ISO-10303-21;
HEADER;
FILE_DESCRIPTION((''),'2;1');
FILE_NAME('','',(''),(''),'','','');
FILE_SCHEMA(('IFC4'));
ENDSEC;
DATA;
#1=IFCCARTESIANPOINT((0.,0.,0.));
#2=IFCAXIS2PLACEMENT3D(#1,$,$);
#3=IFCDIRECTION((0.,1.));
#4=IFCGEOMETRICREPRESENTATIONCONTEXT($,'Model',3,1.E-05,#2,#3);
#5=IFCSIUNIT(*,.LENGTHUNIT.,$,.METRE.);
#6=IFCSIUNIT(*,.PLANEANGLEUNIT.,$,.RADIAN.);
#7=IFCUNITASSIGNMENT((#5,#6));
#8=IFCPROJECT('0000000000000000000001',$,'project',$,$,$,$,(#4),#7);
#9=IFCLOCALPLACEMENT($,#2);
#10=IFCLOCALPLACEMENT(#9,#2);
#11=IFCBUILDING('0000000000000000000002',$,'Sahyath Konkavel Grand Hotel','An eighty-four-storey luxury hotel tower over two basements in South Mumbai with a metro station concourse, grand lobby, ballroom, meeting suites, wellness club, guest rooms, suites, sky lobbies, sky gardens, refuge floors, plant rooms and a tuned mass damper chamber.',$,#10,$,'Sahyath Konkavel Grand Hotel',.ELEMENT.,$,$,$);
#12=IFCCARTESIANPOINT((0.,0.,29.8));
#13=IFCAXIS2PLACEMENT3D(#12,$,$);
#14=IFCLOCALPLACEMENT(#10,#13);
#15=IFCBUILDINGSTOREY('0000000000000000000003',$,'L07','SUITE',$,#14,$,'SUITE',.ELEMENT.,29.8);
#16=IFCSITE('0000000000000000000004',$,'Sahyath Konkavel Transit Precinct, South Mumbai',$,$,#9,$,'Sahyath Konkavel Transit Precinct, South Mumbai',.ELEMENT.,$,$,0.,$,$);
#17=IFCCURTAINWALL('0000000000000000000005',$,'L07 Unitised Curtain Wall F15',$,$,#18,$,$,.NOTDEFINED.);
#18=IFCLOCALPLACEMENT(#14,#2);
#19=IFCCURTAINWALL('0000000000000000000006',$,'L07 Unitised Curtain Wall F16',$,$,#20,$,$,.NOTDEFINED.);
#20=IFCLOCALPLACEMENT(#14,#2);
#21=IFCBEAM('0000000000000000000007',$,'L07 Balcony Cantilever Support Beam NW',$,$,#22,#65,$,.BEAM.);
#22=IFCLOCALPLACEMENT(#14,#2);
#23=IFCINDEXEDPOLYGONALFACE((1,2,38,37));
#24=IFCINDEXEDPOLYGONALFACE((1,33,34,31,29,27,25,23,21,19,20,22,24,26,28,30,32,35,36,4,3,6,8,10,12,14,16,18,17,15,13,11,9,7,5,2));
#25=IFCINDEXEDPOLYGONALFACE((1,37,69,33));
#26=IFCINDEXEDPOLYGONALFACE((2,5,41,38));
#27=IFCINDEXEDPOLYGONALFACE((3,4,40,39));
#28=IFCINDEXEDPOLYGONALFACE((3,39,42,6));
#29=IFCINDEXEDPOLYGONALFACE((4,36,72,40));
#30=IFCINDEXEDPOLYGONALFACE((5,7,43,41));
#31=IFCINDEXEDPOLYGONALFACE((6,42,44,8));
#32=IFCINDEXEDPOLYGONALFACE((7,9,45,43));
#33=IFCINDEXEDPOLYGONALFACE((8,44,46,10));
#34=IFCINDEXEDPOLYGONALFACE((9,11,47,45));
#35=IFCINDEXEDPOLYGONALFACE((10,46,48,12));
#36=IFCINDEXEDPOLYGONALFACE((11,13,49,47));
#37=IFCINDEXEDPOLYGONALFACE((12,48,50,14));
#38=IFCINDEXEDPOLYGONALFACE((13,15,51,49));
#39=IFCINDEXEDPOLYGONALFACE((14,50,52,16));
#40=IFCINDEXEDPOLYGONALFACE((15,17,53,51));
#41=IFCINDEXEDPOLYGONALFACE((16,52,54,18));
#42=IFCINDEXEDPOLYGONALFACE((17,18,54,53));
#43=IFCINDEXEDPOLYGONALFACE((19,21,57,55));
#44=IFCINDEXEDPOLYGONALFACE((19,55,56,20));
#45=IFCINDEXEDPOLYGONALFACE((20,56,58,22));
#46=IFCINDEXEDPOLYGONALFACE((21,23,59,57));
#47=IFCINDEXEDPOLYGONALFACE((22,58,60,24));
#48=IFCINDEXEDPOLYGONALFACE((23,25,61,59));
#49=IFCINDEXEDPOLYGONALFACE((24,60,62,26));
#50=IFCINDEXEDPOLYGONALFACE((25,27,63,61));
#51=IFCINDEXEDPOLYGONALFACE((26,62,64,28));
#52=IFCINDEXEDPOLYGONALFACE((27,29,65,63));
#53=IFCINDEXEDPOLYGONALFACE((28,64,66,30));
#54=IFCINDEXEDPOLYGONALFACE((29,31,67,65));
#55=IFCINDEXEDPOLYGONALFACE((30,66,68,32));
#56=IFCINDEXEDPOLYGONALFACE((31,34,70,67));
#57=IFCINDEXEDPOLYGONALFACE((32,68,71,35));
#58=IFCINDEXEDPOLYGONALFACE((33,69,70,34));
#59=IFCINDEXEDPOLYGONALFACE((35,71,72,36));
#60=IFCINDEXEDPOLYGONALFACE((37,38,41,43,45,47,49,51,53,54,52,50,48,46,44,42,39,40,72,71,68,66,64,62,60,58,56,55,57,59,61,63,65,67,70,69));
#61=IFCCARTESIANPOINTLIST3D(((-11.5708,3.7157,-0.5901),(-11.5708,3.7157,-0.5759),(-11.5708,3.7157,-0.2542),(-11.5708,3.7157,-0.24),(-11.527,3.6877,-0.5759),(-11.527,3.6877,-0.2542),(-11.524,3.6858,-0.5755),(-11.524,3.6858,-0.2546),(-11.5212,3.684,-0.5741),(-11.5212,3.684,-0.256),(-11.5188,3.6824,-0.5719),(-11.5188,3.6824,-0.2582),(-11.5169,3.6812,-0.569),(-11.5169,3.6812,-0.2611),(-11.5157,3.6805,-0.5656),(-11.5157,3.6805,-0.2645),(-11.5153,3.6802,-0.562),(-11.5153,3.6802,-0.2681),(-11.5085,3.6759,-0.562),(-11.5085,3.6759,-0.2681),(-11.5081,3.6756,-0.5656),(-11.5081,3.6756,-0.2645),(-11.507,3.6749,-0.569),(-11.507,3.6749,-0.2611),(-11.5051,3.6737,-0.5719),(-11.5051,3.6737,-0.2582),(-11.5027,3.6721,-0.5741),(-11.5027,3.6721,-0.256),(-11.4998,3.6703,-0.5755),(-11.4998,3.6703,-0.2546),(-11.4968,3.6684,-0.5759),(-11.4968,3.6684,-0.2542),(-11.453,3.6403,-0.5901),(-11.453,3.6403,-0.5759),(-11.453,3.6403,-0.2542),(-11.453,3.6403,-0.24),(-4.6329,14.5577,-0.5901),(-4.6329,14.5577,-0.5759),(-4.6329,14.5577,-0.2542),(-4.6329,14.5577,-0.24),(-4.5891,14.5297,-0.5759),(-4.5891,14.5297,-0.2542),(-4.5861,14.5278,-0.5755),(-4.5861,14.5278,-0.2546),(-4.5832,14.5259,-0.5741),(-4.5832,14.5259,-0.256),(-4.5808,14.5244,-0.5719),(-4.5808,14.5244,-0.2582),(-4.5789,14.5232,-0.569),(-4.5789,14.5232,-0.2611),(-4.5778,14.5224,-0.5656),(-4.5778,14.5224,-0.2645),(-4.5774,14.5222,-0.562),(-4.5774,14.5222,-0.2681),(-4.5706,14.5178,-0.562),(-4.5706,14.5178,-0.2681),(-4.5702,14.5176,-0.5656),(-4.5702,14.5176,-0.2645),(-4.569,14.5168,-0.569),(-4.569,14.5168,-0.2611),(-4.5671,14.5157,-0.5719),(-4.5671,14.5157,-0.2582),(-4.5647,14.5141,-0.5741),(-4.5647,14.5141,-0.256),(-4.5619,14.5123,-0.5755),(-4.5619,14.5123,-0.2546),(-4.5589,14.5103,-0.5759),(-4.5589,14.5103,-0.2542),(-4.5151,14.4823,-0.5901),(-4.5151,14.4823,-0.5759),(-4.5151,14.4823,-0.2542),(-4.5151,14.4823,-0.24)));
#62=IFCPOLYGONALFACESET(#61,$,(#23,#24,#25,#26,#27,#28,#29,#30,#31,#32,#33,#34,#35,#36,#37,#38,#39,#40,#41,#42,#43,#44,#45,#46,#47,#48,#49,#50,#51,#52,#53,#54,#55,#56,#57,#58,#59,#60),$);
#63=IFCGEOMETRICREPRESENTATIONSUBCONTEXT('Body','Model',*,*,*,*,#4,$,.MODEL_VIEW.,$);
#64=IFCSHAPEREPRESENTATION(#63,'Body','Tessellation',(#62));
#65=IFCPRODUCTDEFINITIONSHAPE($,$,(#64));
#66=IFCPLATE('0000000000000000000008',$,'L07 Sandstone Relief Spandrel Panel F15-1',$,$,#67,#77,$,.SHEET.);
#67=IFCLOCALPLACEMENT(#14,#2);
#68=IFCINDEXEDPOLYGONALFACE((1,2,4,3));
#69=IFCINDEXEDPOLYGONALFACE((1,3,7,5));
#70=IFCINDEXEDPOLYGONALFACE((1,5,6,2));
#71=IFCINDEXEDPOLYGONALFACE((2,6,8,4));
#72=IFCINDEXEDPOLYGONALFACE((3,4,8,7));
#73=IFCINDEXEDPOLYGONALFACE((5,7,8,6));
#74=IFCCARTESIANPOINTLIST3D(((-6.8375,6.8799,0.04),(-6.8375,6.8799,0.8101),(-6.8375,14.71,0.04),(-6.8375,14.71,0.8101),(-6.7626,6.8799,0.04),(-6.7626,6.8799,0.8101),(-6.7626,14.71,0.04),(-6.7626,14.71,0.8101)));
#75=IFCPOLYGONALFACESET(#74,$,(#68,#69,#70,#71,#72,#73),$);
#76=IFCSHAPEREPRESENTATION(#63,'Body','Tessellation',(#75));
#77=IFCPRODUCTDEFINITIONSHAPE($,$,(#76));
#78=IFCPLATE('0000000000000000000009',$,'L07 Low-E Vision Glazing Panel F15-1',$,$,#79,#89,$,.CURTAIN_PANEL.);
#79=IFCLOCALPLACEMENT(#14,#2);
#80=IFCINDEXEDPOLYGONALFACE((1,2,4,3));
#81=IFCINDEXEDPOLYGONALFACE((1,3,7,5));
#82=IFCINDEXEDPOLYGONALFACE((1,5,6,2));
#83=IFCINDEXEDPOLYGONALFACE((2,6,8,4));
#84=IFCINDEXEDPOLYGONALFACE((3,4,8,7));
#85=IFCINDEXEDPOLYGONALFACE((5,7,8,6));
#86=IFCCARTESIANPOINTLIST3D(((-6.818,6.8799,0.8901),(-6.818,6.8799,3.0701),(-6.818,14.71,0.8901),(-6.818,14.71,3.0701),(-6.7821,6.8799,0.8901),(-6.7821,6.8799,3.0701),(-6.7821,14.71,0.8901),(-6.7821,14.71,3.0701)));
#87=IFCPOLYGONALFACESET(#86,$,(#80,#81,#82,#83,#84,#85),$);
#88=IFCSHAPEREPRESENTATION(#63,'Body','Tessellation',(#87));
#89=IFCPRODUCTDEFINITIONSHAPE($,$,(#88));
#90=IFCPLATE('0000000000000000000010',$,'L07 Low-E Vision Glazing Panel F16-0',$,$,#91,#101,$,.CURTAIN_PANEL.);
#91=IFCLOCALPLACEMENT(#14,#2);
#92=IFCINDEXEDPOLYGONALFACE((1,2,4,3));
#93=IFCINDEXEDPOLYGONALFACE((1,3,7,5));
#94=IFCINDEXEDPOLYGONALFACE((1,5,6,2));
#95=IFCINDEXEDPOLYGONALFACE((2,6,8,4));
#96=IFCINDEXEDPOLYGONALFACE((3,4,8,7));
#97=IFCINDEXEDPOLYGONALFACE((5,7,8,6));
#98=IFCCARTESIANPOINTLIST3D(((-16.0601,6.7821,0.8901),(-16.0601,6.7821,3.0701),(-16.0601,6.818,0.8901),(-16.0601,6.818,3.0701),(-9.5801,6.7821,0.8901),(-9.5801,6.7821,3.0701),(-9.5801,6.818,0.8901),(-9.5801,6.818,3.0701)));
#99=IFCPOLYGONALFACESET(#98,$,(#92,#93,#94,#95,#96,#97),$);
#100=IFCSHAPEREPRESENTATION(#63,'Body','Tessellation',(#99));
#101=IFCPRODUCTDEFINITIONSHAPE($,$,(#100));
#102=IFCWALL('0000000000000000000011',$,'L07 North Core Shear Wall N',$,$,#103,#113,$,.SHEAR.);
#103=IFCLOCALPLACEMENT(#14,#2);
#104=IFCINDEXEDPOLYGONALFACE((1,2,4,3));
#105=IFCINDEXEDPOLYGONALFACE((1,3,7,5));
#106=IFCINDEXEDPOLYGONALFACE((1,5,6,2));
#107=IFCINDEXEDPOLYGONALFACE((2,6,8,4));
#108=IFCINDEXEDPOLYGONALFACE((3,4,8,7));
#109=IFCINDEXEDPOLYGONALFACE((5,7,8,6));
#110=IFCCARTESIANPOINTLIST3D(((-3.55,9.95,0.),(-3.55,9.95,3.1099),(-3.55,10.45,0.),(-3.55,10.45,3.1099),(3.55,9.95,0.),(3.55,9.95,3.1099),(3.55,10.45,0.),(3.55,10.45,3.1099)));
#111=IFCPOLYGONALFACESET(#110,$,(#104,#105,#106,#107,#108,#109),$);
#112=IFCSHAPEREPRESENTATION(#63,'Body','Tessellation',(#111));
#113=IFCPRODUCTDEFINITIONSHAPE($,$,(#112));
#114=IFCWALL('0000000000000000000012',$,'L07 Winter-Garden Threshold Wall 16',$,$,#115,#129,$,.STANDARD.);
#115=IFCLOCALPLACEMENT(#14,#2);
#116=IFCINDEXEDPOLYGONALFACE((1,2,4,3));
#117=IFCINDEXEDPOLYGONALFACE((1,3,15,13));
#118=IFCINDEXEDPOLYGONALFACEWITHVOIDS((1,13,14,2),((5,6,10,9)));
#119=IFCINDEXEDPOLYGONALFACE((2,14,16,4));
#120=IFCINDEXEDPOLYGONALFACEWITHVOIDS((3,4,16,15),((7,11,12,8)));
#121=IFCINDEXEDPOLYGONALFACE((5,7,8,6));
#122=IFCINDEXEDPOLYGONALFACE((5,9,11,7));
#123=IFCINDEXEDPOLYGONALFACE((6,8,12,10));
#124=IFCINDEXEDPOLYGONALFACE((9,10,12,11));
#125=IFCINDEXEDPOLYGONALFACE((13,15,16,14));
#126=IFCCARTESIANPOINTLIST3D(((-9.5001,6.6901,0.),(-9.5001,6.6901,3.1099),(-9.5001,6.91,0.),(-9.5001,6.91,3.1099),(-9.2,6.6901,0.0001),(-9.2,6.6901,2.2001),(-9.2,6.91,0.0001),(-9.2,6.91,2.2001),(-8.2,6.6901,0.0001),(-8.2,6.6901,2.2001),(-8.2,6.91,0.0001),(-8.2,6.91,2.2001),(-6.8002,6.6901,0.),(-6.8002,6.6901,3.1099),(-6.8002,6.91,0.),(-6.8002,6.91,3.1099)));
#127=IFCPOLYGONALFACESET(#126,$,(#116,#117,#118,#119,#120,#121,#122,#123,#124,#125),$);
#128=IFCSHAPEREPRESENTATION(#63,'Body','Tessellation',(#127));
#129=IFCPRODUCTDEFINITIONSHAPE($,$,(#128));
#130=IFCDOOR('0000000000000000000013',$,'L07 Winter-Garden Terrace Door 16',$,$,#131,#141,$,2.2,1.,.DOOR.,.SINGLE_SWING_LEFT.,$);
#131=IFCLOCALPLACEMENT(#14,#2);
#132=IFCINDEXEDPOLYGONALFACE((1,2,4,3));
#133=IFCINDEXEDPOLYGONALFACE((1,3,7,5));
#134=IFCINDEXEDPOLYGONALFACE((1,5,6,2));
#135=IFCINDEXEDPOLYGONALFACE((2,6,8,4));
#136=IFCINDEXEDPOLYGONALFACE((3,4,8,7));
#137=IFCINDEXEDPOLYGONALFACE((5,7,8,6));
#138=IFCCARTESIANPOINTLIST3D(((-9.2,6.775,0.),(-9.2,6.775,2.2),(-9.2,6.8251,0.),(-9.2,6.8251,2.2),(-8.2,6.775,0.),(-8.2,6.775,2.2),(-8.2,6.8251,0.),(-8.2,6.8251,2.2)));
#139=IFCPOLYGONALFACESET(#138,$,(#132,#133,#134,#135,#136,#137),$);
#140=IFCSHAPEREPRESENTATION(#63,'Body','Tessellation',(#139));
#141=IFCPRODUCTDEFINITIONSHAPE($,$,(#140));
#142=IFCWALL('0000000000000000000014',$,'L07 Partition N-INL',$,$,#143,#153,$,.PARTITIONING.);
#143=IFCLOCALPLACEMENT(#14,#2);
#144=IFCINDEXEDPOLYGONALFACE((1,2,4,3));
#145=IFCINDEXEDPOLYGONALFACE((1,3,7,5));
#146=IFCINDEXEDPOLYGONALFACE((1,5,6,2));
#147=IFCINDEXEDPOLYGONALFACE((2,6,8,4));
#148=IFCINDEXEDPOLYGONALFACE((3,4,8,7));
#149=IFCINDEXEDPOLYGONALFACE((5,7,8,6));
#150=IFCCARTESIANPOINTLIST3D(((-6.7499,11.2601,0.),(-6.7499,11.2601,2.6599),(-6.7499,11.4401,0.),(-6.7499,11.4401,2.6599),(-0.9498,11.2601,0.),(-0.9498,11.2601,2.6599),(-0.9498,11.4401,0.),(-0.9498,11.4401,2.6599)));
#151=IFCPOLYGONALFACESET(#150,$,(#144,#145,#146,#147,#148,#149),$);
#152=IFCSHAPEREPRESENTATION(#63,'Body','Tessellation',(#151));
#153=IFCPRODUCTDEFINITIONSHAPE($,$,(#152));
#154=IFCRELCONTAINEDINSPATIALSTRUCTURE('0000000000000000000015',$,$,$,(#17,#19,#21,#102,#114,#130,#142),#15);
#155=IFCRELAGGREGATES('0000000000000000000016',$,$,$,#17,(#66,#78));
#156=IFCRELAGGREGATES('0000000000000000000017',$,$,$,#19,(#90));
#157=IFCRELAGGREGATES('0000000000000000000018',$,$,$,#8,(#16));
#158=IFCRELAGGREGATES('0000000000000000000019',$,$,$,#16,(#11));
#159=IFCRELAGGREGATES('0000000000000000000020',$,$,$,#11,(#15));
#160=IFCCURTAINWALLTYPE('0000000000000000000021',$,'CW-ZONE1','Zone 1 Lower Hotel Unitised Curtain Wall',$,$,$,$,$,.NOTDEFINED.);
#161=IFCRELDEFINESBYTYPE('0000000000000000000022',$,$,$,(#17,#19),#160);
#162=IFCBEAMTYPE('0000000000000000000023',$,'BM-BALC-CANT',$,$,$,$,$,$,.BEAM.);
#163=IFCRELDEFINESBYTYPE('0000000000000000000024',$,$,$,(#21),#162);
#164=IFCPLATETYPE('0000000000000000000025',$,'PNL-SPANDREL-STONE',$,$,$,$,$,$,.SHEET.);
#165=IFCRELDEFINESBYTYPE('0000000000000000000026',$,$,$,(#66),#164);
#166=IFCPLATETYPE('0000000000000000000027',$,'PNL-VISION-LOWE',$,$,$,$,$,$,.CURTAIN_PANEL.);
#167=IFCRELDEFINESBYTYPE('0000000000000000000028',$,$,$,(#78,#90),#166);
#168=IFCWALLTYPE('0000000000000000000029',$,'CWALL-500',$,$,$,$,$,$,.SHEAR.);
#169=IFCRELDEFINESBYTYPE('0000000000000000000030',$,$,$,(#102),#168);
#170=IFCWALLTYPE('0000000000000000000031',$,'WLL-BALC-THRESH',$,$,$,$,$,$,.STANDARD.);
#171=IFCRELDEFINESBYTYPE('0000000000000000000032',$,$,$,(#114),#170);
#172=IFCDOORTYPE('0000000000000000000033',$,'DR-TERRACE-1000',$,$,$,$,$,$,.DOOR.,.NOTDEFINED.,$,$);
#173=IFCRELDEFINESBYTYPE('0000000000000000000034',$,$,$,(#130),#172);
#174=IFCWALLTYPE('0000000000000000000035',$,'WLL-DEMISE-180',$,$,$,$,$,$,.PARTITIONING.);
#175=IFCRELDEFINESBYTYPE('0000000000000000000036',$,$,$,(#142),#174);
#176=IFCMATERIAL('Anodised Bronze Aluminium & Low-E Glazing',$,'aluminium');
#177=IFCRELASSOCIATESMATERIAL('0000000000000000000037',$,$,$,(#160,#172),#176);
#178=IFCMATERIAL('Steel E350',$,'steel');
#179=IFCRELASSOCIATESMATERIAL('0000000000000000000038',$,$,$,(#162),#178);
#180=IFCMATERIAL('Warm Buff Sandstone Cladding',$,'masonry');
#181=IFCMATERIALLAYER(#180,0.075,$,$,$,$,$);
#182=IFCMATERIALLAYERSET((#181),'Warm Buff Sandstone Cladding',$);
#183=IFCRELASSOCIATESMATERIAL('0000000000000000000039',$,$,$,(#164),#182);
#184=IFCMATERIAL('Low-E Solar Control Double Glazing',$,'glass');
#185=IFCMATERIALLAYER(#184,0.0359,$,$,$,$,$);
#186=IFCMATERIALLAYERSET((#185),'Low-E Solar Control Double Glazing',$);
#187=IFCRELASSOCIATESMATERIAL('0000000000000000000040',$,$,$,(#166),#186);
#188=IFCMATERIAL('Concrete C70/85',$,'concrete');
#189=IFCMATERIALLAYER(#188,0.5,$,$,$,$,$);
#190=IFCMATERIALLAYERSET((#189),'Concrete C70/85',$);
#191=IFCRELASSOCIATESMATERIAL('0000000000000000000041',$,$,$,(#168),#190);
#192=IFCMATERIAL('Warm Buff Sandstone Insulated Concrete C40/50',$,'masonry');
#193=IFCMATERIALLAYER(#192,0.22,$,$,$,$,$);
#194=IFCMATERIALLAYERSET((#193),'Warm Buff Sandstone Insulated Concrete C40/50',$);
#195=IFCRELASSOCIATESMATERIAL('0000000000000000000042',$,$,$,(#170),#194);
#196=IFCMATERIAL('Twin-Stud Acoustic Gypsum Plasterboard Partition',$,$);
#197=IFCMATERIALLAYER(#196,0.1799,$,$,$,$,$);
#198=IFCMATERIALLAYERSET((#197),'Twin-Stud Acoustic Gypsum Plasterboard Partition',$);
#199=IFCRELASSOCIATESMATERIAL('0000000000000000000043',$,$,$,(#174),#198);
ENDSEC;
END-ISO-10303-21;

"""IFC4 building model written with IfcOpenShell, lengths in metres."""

from ifc_helpers import new_model, si_unit, direction, frame, frame_2d, origin, origin_2d, place, context, subcontext, project, spatial, rectangle, i_section, extrude, source, transform, mapped, material, layer, layer_set, material_profile, profile_set, type_object, element, fill, aggregate, save


model = new_model("IFC4")

# Units and contexts
model_context = context("Model", 3, precision=1e-05, world=origin(), true_north=direction((0.0, 1.0)))
body_context = subcontext(model_context, "Body", "Model", "MODEL_VIEW")
ifc_project = project(units=[si_unit("LENGTHUNIT", "METRE"), si_unit("PLANEANGLEUNIT", "RADIAN")], contexts=[model_context])

# Site, building, storey
site_placement = place(None, origin())
site = spatial("IfcSite", under=ifc_project, at=site_placement, Name="Sahyath Konkavel Transit Precinct, South Mumbai", LongName="Sahyath Konkavel Transit Precinct, South Mumbai", CompositionType="ELEMENT", RefElevation=0.0)
building_placement = place(site_placement, origin())
building = spatial("IfcBuilding", under=site, at=building_placement, Name="Sahyath Konkavel Grand Hotel", Description="An eighty-four-storey luxury hotel tower over two basements in South Mumbai with a metro station concourse, grand lobby, ballroom, meeting suites, wellness club, guest rooms, suites, sky lobbies, sky gardens, refuge floors, plant rooms and a tuned mass damper chamber.", LongName="Sahyath Konkavel Grand Hotel", CompositionType="ELEMENT")
storey_placement = place(building_placement, frame((0.0, 0.0, 29.8)))
storey = spatial("IfcBuildingStorey", under=building, at=storey_placement, Name="L07", Description="SUITE", LongName="SUITE", CompositionType="ELEMENT", Elevation=29.8)

# Shared definitions
ifc_material_1 = material(Name="Concrete C70/85", Category="concrete")

# Shared definitions
ifc_material_2 = material(Name="Steel E350", Category="steel")

# Curtain walls
ifc_material_3 = material(Name="Anodised Bronze Aluminium & Low-E Glazing", Category="aluminium")
curtain_wall_type = type_object("IfcCurtainWallType", Name="CW-ZONE1", Description="Zone 1 Lower Hotel Unitised Curtain Wall", PredefinedType="NOTDEFINED", material=ifc_material_3)
curtain_wall_1_placement = place(storey_placement, origin())
curtain_wall_1 = element("IfcCurtainWall", 1, at=curtain_wall_1_placement, inside=storey, type_object=curtain_wall_type, Name="L07 Unitised Curtain Wall F15", PredefinedType="NOTDEFINED")
curtain_wall_2_placement = place(storey_placement, origin())
curtain_wall_2 = element("IfcCurtainWall", 2, at=curtain_wall_2_placement, inside=storey, type_object=curtain_wall_type, Name="L07 Unitised Curtain Wall F16", PredefinedType="NOTDEFINED")

# Beam
ifc_material_profile_1 = material_profile(ifc_material_2, i_section(OverallWidth=0.1399, OverallDepth=0.3501, WebThickness=0.0081, FlangeThickness=0.0142, FilletRadius=0.0139, at=origin_2d()), Name="ISMB 350")
ifc_profile_set_1 = profile_set([ifc_material_profile_1], Name="Steel E350")
beam_type_1 = type_object("IfcBeamType", Name="BM-BALC-CANT", PredefinedType="BEAM", material=ifc_profile_set_1)
shared_shape_1 = source(origin(), body_context, "Body", "SweptSolid", [
    extrude(i_section(OverallWidth=0.1399, OverallDepth=0.3501, WebThickness=0.0081, FlangeThickness=0.0142, FilletRadius=0.0139, at=origin_2d()), origin(), (0.0, 0.0, 1.0), 12.8718),
])
beam_1_placement = place(storey_placement, frame((-4.574, 14.52, -0.415), z_axis=(-0.539003, -0.842304, 0.0), x_axis=(0.842304, -0.539003, 0.0)))
element("IfcBeam", 3, at=beam_1_placement, inside=storey, type_object=beam_type_1, Name="L07 Balcony Cantilever Support Beam NW", PredefinedType="BEAM", context=body_context, shape_type="MappedRepresentation", body=[
    mapped(shared_shape_1, transform((0.0, 0.0, 0.0), scale=1.0)),
])

# Plates
ifc_material_4 = material(Name="Warm Buff Sandstone Cladding", Category="masonry")
ifc_layer_1 = layer(ifc_material_4, 0.075)
ifc_layer_set_1 = layer_set([ifc_layer_1], Name="Warm Buff Sandstone Cladding")
plate_type_1 = type_object("IfcPlateType", Name="PNL-SPANDREL-STONE", PredefinedType="SHEET", material=ifc_layer_set_1)
shared_shape_2 = source(origin(), body_context, "Body", "SweptSolid", [
    extrude(rectangle(XDim=7.8301, YDim=0.075, at=origin_2d()), origin(), (0.0, 0.0, 1.0), 0.77),
])
plate_1_placement = place(storey_placement, frame((-6.8, 10.7949, 0.04), z_axis=(0.0, 0.0, 1.0), x_axis=(0.0, -1.0, 0.0)))
plate_1 = element("IfcPlate", 4, at=plate_1_placement, type_object=plate_type_1, Name="L07 Sandstone Relief Spandrel Panel F15-1", PredefinedType="SHEET", context=body_context, shape_type="MappedRepresentation", body=[
    mapped(shared_shape_2, transform((0.0, 0.0, 0.0), scale=1.0)),
])
ifc_material_5 = material(Name="Low-E Solar Control Double Glazing", Category="glass")
ifc_layer_2 = layer(ifc_material_5, 0.0359)
ifc_layer_set_2 = layer_set([ifc_layer_2], Name="Low-E Solar Control Double Glazing")
plate_type_2 = type_object("IfcPlateType", Name="PNL-VISION-LOWE", PredefinedType="CURTAIN_PANEL", material=ifc_layer_set_2)
shared_shape_3 = source(origin(), body_context, "Body", "SweptSolid", [
    extrude(rectangle(XDim=7.8301, YDim=0.0359, at=origin_2d()), origin(), (0.0, 0.0, 1.0), 2.1799),
])
plate_2_placement = place(storey_placement, frame((-6.8, 10.7949, 0.8901), z_axis=(0.0, 0.0, 1.0), x_axis=(0.0, -1.0, 0.0)))
plate_2 = element("IfcPlate", 5, at=plate_2_placement, type_object=plate_type_2, Name="L07 Low-E Vision Glazing Panel F15-1", PredefinedType="CURTAIN_PANEL", context=body_context, shape_type="MappedRepresentation", body=[
    mapped(shared_shape_3, transform((0.0, 0.0, 0.0), scale=1.0)),
])
aggregate(curtain_wall_1, [plate_1, plate_2])
shared_shape_4 = source(origin(), body_context, "Body", "SweptSolid", [
    extrude(rectangle(XDim=6.48, YDim=0.0359, at=origin_2d()), origin(), (0.0, 0.0, 1.0), 2.1799),
])
plate_3_placement = place(storey_placement, frame((-12.8201, 6.8, 0.8901), z_axis=(0.0, 0.0, 1.0), x_axis=(-1.0, 0.0, 0.0)))
plate_3 = element("IfcPlate", 6, at=plate_3_placement, type_object=plate_type_2, Name="L07 Low-E Vision Glazing Panel F16-0", PredefinedType="CURTAIN_PANEL", context=body_context, shape_type="MappedRepresentation", body=[
    mapped(shared_shape_4, transform((0.0, 0.0, 0.0), scale=1.0)),
])
aggregate(curtain_wall_2, [plate_3])

# Wall
ifc_layer_3 = layer(ifc_material_1, 0.5)
ifc_layer_set_3 = layer_set([ifc_layer_3], Name="Concrete C70/85")
wall_type_1 = type_object("IfcWallType", Name="CWALL-500", PredefinedType="SHEAR", material=ifc_layer_set_3)
wall_1_placement = place(storey_placement, frame((-3.55, 10.2, 0.0), z_axis=(0.0, 0.0, 1.0), x_axis=(1.0, 0.0, 0.0)))
element("IfcWall", 7, at=wall_1_placement, inside=storey, type_object=wall_type_1, Name="L07 North Core Shear Wall N", PredefinedType="SHEAR", context=body_context, shape_type="SweptSolid", body=[
    extrude(rectangle(XDim=7.1001, YDim=0.5, at=frame_2d((3.55, 0.0))), origin(), (0.0, 0.0, 1.0), 3.1099),
])

# Wall, opening, door
ifc_material_6 = material(Name="Warm Buff Sandstone Insulated Concrete C40/50", Category="masonry")
ifc_layer_4 = layer(ifc_material_6, 0.22)
ifc_layer_set_4 = layer_set([ifc_layer_4], Name="Warm Buff Sandstone Insulated Concrete C40/50")
wall_type_2 = type_object("IfcWallType", Name="WLL-BALC-THRESH", PredefinedType="STANDARD", material=ifc_layer_set_4)
wall_2_placement = place(storey_placement, frame((-6.8, 6.8, 0.0), z_axis=(0.0, 0.0, 1.0), x_axis=(-1.0, 0.0, 0.0)))
wall_2 = element("IfcWall", 8, at=wall_2_placement, inside=storey, type_object=wall_type_2, Name="L07 Winter-Garden Threshold Wall 16", PredefinedType="STANDARD", context=body_context, shape_type="SweptSolid", body=[
    extrude(rectangle(XDim=2.7, YDim=0.22, at=frame_2d((1.3501, 0.0))), origin(), (0.0, 0.0, 1.0), 3.1099),
])
opening_1_placement = place(wall_2_placement, frame((1.3999, 0.0, 0.0)))
opening_1 = element("IfcOpeningElement", 9, at=opening_1_placement, cuts=wall_2, PredefinedType="OPENING", context=body_context, shape_type="SweptSolid", body=[
    extrude(rectangle(XDim=1.0, YDim=2.2, at=frame_2d((0.5, 1.1001))), frame((0.0, 0.1201, 0.0), z_axis=(0.0, -1.0, 0.0), x_axis=(1.0, 0.0, 0.0)), (0.0, 0.0, 1.0), 0.24),
])
door_type_1 = type_object("IfcDoorType", Name="DR-TERRACE-1000", OperationType="NOTDEFINED", PredefinedType="DOOR", material=ifc_material_3)
shared_shape_5 = source(origin(), body_context, "Body", "SweptSolid", [
    extrude(rectangle(XDim=1.0, YDim=0.05, at=origin_2d()), origin(), (0.0, 0.0, 1.0), 2.2),
])
door_1_placement = place(opening_1_placement, frame((0.5, 0.0, 0.0)))
door_1 = element("IfcDoor", 10, at=door_1_placement, inside=storey, type_object=door_type_1, Name="L07 Winter-Garden Terrace Door 16", OperationType="SINGLE_SWING_LEFT", OverallHeight=2.2, OverallWidth=1.0, PredefinedType="DOOR", context=body_context, shape_type="MappedRepresentation", body=[
    mapped(shared_shape_5, transform((0.0, 0.0, 0.0), scale=1.0)),
])
fill(opening_1, door_1)

# Wall
ifc_material_7 = material(Name="Twin-Stud Acoustic Gypsum Plasterboard Partition")
ifc_layer_5 = layer(ifc_material_7, 0.1799)
ifc_layer_set_5 = layer_set([ifc_layer_5], Name="Twin-Stud Acoustic Gypsum Plasterboard Partition")
wall_type_3 = type_object("IfcWallType", Name="WLL-DEMISE-180", PredefinedType="PARTITIONING", material=ifc_layer_set_5)
wall_3_placement = place(storey_placement, frame((-0.95, 11.3501, 0.0), z_axis=(0.0, 0.0, 1.0), x_axis=(-1.0, 0.0, 0.0)))
element("IfcWall", 11, at=wall_3_placement, inside=storey, type_object=wall_type_3, Name="L07 Partition N-INL", PredefinedType="PARTITIONING", context=body_context, shape_type="SweptSolid", body=[
    extrude(rectangle(XDim=5.8, YDim=0.1799, at=frame_2d((2.8999, 0.0))), origin(), (0.0, 0.0, 1.0), 2.6599),
])

save(model, "model.ifc")
